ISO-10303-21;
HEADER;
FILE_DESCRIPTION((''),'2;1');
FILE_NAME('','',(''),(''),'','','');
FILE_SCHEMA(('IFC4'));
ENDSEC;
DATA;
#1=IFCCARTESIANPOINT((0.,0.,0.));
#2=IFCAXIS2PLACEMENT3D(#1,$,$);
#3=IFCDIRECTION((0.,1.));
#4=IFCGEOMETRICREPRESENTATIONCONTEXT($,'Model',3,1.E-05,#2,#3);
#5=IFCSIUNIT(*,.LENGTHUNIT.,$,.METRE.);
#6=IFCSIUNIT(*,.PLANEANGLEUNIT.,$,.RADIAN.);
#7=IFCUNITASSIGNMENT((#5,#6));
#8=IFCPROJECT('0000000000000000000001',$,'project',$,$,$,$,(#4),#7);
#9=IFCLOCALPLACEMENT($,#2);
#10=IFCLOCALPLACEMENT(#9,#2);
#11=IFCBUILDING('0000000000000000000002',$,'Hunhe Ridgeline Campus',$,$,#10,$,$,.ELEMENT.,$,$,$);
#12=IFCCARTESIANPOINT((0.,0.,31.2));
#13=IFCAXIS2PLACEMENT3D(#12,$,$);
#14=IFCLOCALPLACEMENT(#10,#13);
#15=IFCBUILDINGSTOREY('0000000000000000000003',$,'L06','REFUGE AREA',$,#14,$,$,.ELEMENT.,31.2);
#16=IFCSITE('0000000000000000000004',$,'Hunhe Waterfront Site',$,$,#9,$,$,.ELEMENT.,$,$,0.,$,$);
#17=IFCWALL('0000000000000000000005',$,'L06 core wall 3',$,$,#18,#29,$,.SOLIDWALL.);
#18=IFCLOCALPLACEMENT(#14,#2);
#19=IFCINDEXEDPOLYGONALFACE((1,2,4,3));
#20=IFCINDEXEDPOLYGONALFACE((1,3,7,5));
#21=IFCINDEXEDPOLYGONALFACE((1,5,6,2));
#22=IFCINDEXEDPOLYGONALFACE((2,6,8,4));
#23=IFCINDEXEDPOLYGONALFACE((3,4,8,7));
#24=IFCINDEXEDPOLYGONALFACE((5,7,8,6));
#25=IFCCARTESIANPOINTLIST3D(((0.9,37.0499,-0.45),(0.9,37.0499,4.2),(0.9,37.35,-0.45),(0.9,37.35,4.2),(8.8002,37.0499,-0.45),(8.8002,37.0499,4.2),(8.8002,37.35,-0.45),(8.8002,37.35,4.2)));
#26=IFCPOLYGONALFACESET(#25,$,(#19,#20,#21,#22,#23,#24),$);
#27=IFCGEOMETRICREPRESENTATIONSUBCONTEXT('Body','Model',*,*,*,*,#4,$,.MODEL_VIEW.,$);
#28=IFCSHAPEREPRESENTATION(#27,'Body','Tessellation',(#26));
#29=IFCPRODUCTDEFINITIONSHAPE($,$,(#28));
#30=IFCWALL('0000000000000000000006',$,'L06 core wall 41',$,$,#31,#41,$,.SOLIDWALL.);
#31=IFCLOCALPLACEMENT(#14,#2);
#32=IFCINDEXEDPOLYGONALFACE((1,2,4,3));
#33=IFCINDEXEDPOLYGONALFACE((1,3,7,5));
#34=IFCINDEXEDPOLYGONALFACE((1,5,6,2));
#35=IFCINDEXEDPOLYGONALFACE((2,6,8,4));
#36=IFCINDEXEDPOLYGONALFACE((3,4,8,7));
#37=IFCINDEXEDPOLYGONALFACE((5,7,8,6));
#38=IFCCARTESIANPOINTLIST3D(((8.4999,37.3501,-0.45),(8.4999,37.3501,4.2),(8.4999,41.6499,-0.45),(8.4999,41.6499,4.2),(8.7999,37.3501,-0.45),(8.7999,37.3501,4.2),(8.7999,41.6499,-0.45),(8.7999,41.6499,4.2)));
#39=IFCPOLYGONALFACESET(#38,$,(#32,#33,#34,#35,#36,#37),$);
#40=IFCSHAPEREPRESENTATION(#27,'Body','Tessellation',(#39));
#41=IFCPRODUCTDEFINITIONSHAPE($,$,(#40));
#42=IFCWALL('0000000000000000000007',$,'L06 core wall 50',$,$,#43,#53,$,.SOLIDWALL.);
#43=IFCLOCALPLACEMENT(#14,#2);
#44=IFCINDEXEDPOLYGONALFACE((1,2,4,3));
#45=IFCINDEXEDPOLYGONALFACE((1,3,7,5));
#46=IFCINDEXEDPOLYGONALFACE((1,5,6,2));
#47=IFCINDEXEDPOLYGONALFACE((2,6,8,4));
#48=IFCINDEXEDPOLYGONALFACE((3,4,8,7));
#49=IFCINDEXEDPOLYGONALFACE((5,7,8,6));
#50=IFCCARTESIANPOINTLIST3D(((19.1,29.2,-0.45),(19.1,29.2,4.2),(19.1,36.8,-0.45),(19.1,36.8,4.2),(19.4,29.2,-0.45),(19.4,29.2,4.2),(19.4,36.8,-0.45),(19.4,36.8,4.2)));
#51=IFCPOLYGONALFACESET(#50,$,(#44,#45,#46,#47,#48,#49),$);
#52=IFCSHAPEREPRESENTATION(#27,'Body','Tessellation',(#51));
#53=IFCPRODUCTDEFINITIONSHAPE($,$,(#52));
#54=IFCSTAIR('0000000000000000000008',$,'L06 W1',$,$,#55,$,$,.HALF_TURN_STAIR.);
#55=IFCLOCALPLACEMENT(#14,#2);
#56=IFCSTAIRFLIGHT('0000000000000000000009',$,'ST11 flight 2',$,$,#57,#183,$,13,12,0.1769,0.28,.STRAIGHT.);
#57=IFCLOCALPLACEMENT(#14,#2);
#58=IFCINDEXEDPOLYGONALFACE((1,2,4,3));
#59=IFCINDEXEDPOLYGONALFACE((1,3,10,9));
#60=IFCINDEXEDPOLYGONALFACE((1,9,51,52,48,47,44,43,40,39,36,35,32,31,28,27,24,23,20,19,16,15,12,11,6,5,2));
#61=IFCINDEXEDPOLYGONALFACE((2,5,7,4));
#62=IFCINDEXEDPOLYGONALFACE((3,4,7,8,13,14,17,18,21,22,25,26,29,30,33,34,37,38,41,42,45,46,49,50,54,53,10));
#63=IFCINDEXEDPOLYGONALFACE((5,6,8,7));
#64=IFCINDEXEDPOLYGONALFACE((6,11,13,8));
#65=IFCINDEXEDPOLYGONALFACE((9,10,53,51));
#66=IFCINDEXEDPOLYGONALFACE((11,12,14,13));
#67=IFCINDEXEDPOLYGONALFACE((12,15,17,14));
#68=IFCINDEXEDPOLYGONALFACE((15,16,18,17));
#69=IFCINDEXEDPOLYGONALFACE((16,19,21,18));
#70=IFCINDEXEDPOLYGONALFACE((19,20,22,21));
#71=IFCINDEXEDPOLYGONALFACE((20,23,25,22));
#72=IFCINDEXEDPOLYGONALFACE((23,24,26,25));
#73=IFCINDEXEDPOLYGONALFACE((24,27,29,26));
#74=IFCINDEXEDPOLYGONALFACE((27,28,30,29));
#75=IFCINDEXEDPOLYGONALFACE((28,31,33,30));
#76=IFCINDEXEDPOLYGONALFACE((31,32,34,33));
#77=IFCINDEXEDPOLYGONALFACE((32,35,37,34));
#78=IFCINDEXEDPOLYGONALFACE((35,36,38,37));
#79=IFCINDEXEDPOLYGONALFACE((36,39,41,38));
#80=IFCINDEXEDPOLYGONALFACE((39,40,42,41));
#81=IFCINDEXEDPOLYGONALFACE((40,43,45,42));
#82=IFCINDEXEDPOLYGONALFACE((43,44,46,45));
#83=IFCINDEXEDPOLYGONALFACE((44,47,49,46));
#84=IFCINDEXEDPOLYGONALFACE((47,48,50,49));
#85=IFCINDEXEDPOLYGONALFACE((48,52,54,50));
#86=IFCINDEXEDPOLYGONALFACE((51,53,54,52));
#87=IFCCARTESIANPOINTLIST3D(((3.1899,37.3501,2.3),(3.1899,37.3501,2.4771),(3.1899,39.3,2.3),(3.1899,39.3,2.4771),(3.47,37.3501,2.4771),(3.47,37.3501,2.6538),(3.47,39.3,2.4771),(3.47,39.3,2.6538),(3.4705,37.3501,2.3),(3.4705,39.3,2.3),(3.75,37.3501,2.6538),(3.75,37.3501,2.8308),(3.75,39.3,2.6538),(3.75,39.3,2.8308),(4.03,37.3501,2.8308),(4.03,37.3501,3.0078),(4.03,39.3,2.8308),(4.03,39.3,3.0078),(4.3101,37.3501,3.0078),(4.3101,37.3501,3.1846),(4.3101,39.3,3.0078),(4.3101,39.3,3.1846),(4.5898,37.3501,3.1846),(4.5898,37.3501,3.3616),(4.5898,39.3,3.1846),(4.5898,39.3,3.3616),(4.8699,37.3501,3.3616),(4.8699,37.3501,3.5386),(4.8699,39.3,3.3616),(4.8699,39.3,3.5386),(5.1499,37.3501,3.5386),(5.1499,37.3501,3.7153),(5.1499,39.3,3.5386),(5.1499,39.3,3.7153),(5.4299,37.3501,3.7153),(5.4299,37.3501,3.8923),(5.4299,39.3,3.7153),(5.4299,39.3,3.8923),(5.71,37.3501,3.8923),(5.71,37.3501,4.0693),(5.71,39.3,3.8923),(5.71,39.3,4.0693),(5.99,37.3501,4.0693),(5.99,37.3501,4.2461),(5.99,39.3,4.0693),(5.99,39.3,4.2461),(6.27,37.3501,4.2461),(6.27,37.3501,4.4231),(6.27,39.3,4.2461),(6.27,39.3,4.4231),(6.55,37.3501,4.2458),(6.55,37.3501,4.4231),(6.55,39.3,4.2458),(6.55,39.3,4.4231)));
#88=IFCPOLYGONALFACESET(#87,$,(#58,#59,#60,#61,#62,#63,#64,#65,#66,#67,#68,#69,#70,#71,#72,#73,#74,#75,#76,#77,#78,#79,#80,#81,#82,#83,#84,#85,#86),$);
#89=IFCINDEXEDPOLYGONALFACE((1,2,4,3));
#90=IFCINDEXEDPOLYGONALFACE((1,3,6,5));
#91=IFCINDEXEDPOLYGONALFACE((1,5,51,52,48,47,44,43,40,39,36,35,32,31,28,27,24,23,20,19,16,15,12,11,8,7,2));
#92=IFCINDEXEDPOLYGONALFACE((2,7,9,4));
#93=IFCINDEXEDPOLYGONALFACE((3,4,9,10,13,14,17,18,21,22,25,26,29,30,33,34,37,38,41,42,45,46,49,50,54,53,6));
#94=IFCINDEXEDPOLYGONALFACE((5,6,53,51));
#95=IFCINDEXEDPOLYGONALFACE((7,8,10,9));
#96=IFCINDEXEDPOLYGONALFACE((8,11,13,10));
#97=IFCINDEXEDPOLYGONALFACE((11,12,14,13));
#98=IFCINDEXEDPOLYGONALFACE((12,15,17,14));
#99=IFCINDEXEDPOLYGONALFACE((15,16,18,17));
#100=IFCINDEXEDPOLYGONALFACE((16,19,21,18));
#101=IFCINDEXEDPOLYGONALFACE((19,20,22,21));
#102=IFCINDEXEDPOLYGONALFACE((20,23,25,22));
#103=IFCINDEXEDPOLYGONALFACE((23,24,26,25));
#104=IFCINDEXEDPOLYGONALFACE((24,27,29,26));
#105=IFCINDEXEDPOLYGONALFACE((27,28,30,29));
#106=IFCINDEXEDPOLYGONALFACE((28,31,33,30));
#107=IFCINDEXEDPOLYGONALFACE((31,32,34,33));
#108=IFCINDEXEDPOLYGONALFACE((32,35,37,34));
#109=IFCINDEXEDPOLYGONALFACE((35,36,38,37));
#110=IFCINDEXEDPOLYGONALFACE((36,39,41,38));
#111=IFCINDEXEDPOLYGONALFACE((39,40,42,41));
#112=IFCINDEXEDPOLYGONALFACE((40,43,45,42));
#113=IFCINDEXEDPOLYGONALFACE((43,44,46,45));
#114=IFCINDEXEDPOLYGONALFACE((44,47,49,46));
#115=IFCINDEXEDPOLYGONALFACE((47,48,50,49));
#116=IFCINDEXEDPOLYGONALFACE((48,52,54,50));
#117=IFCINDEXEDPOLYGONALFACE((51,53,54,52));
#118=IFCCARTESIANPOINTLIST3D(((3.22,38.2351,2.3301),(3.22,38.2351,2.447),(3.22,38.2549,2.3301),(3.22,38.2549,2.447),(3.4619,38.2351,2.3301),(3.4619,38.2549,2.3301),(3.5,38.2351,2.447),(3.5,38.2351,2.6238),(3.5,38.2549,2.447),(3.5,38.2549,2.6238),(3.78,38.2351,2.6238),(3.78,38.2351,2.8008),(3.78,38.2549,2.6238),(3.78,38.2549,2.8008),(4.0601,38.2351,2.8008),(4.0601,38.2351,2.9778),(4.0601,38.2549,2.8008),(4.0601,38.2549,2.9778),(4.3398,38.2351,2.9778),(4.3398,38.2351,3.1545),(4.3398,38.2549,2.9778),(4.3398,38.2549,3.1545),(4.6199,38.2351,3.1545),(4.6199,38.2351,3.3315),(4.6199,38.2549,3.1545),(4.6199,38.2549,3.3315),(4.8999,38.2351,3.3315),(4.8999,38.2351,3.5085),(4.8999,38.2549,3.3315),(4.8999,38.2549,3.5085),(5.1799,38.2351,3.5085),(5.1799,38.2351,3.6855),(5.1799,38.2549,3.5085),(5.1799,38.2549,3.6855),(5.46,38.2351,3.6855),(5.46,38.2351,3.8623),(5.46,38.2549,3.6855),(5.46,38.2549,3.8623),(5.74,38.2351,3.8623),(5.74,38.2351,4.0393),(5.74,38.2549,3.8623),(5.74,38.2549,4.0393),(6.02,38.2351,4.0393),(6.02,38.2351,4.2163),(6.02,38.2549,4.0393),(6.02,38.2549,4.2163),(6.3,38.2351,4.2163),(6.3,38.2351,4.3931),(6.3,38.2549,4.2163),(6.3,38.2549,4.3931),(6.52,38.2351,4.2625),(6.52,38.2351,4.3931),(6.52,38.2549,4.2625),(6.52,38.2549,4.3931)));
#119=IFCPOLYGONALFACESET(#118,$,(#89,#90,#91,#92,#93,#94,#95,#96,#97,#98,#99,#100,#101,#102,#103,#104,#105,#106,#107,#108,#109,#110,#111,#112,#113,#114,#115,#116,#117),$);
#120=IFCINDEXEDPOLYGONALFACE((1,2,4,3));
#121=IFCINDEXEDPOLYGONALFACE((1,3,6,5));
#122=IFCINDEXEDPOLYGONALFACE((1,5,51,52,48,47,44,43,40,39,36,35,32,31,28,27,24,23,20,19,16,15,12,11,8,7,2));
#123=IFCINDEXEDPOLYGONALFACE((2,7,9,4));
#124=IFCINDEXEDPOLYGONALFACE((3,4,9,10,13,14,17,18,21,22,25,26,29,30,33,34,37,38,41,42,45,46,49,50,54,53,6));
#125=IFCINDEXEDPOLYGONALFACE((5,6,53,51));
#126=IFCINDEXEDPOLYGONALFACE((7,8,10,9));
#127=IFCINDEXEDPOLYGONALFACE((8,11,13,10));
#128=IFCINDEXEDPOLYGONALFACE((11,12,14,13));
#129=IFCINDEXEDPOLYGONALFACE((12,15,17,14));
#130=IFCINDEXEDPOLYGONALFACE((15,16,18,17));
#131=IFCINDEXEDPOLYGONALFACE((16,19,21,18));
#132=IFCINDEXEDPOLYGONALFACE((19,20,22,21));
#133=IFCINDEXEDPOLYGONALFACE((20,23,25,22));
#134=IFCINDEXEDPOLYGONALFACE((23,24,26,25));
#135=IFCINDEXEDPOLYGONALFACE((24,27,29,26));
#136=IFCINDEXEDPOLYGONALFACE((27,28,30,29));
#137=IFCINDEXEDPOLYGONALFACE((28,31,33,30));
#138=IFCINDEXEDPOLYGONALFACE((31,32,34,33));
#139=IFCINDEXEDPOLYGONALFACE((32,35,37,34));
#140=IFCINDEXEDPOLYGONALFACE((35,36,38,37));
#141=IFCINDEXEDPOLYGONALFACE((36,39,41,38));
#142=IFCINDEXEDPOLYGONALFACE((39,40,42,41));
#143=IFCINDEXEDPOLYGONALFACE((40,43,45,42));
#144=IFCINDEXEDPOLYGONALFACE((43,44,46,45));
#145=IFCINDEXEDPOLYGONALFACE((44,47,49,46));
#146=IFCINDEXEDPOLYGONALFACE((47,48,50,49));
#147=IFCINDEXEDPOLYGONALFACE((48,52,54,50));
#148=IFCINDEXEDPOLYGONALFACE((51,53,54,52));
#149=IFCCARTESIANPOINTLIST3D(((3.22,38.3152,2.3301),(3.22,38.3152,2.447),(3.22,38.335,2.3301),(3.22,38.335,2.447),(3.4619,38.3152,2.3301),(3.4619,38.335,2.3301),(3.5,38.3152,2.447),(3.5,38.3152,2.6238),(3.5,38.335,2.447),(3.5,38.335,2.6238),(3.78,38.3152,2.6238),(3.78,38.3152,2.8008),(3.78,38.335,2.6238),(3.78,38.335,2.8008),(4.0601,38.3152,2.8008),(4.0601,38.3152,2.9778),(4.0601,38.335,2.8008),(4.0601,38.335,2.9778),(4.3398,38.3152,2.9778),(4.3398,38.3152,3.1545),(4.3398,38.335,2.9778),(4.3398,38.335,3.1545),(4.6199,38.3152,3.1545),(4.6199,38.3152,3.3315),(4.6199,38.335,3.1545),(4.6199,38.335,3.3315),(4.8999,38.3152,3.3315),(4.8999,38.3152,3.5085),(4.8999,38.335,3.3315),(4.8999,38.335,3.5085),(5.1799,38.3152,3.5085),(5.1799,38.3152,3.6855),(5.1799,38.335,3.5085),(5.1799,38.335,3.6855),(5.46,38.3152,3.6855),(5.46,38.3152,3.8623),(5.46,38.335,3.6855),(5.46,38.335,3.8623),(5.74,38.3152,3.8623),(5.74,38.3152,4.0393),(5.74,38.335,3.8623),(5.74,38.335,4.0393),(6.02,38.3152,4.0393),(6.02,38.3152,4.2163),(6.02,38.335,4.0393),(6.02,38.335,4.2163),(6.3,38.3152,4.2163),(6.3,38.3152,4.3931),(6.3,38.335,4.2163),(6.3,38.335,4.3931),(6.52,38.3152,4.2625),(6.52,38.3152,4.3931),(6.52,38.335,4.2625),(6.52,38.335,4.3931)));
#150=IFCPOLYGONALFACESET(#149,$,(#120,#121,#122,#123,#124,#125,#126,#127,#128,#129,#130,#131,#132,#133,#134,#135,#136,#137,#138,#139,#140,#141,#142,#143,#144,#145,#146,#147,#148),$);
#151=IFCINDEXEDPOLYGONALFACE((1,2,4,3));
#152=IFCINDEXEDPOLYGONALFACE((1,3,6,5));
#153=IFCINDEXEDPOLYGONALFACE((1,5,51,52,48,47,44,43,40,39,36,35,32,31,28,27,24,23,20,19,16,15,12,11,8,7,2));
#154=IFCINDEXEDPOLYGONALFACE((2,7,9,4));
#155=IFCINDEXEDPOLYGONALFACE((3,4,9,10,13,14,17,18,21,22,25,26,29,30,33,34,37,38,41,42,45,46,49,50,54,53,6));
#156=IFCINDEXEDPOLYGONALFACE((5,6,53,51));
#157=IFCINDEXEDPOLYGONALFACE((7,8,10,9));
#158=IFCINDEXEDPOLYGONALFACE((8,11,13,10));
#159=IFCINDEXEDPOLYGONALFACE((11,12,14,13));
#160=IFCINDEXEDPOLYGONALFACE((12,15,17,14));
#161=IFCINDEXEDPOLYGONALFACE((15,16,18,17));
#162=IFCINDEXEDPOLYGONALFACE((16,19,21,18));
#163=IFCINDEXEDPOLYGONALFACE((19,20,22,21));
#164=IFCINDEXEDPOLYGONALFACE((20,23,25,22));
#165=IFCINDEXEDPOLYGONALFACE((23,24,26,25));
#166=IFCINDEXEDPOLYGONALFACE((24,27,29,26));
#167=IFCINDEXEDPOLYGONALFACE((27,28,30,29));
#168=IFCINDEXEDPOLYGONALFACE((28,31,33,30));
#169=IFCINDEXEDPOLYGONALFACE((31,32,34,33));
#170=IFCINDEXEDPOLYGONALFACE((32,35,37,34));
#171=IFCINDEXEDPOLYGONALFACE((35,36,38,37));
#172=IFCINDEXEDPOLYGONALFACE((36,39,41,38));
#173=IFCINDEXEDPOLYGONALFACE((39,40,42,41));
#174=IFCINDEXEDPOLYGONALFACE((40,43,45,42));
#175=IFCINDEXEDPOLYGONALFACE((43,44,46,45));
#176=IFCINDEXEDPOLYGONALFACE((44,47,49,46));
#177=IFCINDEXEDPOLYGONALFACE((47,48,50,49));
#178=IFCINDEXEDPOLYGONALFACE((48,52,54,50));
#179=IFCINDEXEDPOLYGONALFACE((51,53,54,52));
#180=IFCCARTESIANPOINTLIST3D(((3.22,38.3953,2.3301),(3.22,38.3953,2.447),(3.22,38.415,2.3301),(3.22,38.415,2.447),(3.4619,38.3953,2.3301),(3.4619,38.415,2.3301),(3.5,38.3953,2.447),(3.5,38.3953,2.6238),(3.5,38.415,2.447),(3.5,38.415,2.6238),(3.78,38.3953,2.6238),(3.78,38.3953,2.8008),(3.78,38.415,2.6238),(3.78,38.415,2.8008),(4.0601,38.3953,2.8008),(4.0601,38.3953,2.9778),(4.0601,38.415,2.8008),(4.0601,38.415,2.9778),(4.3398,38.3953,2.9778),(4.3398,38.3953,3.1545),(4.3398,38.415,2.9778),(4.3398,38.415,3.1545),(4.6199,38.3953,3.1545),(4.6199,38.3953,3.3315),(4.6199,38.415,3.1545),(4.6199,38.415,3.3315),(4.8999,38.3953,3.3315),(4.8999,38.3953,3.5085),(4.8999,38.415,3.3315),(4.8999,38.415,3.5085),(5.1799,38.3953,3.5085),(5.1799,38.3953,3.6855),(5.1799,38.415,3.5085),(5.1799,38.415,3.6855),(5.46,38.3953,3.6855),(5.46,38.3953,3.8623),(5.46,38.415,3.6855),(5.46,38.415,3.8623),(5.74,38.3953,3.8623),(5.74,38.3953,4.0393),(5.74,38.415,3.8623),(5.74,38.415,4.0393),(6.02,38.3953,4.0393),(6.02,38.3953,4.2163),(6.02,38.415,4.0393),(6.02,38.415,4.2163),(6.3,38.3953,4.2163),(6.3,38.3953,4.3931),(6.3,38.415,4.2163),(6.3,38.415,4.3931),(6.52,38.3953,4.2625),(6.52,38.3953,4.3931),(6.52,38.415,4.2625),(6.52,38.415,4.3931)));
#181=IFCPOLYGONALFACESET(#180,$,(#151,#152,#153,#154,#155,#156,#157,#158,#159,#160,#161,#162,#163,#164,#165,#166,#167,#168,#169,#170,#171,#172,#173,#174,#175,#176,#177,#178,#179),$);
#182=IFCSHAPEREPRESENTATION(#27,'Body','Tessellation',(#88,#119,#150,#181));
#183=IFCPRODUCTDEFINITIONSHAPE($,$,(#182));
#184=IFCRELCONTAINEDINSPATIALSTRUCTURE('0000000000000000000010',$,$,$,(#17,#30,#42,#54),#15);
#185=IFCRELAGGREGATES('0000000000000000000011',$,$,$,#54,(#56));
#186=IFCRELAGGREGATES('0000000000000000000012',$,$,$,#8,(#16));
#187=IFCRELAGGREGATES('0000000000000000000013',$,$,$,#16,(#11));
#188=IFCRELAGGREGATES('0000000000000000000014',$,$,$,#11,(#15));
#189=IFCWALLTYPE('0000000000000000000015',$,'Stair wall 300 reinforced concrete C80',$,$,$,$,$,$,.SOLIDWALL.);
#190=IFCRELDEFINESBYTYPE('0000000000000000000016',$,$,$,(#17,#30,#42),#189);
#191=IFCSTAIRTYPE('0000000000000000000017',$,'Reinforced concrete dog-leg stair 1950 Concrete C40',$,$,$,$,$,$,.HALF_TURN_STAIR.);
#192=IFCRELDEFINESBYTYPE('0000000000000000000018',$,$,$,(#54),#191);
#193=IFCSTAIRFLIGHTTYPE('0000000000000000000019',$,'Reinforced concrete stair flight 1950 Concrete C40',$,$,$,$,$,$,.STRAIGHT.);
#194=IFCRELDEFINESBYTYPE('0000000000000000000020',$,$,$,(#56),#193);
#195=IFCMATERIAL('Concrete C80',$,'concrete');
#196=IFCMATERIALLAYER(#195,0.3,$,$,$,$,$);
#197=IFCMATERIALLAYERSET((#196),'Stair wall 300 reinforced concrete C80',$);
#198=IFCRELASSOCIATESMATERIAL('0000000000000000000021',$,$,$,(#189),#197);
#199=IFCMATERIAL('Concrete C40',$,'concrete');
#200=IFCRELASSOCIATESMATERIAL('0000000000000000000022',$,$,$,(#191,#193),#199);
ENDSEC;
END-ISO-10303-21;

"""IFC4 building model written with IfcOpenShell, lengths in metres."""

from ifc_helpers import new_model, si_unit, direction, frame, frame_2d, origin, place, context, subcontext, project, spatial, polyline, rectangle, outline, extrude, material, layer, layer_set, type_object, element, aggregate, save


model = new_model("IFC4")

# Units and contexts
model_context = context("Model", 3, precision=1e-05, world=origin(), true_north=direction((0.0, 1.0)))
body_context = subcontext(model_context, "Body", "Model", "MODEL_VIEW")
ifc_project = project(units=[si_unit("LENGTHUNIT", "METRE"), si_unit("PLANEANGLEUNIT", "RADIAN")], contexts=[model_context])

# Site, building, storey
site_placement = place(None, origin())
site = spatial("IfcSite", under=ifc_project, at=site_placement, Name="Hunhe Waterfront Site", CompositionType="ELEMENT", RefElevation=0.0)
building_placement = place(site_placement, origin())
building = spatial("IfcBuilding", under=site, at=building_placement, Name="Hunhe Ridgeline Campus", CompositionType="ELEMENT")
storey_placement = place(building_placement, frame((0.0, 0.0, 31.2)))
storey = spatial("IfcBuildingStorey", under=building, at=storey_placement, Name="L06", Description="REFUGE AREA", CompositionType="ELEMENT", Elevation=31.2)

# Shared definitions
ifc_material_1 = material(Name="Concrete C80", Category="concrete")

# Walls
ifc_layer_1 = layer(ifc_material_1, 0.3)
ifc_layer_set_1 = layer_set([ifc_layer_1], Name="Stair wall 300 reinforced concrete C80")
wall_type_1 = type_object("IfcWallType", Name="Stair wall 300 reinforced concrete C80", PredefinedType="SOLIDWALL", material=ifc_layer_set_1)
wall_1_placement = place(storey_placement, frame((0.8999, 37.2, -0.45), z_axis=(0.0, 0.0, 1.0), x_axis=(1.0, 0.0, 0.0)))
element("IfcWall", 1, at=wall_1_placement, inside=storey, type_object=wall_type_1, Name="L06 core wall 3", PredefinedType="SOLIDWALL", context=body_context, shape_type="SweptSolid", body=[
    extrude(rectangle(XDim=7.9001, YDim=0.3, at=frame_2d((3.9502, 0.0))), origin(), (0.0, 0.0, 1.0), 4.6499),
])
wall_2_placement = place(storey_placement, frame((8.6499, 37.3501, -0.45), z_axis=(0.0, 0.0, 1.0), x_axis=(0.0, 1.0, 0.0)))
element("IfcWall", 2, at=wall_2_placement, inside=storey, type_object=wall_type_1, Name="L06 core wall 41", PredefinedType="SOLIDWALL", context=body_context, shape_type="SweptSolid", body=[
    extrude(rectangle(XDim=4.2998, YDim=0.3, at=frame_2d((2.1499, 0.0))), origin(), (0.0, 0.0, 1.0), 4.6499),
])
wall_3_placement = place(storey_placement, frame((19.25, 29.2, -0.45), z_axis=(0.0, 0.0, 1.0), x_axis=(0.0, 1.0, 0.0)))
element("IfcWall", 3, at=wall_3_placement, inside=storey, type_object=wall_type_1, Name="L06 core wall 50", PredefinedType="SOLIDWALL", context=body_context, shape_type="SweptSolid", body=[
    extrude(rectangle(XDim=7.6001, YDim=0.3, at=frame_2d((3.8, 0.0))), origin(), (0.0, 0.0, 1.0), 4.6499),
])

# Stair, stair flight
ifc_material_2 = material(Name="Concrete C40", Category="concrete")
stair_type = type_object("IfcStairType", Name="Reinforced concrete dog-leg stair 1950 Concrete C40", PredefinedType="HALF_TURN_STAIR", material=ifc_material_2)
stair_placement = place(storey_placement, origin())
stair = element("IfcStair", 4, at=stair_placement, inside=storey, type_object=stair_type, Name="L06 W1", PredefinedType="HALF_TURN_STAIR")
stair_flight_type = type_object("IfcStairFlightType", Name="Reinforced concrete stair flight 1950 Concrete C40", PredefinedType="STRAIGHT", material=ifc_material_2)
stair_flight_placement = place(storey_placement, frame((3.1899, 38.325, 2.3), z_axis=(0.0, 0.0, 1.0), x_axis=(1.0, 0.0, 0.0)))
stair_flight = element("IfcStairFlight", 5, at=stair_flight_placement, type_object=stair_flight_type, Name="ST11 flight 2", NumberOfRisers=13, NumberOfTreads=12, PredefinedType="STRAIGHT", RiserHeight=0.1769, TreadLength=0.28, context=body_context, shape_type="SweptSolid", body=[
    extrude(outline(polyline([(0.0, 0.0), (0.0, 0.177), (0.28, 0.177), (0.28, 0.3538), (0.5601, 0.3538), (0.5601, 0.5308), (0.8401, 0.5308), (0.8401, 0.7078), (1.1201, 0.7078), (1.1201, 0.8845), (1.3999, 0.8845), (1.3999, 1.0615), (1.6799, 1.0615), (1.6799, 1.2385), (1.96, 1.2385), (1.96, 1.4153), (2.24, 1.4153), (2.24, 1.5923), (2.52, 1.5923), (2.52, 1.7693), (2.8, 1.7693), (2.8, 1.946), (3.0801, 1.946), (3.0801, 2.123), (3.3601, 2.123), (3.3601, 2.3), (3.3601, 1.9458), (0.2805, 0.0), (0.0, 0.0)])), frame((0.0, 0.9751, 0.0), z_axis=(0.0, -1.0, 0.0), x_axis=(1.0, 0.0, 0.0)), (0.0, 0.0, 1.0), 1.95),
    extrude(outline(polyline([(0.03, 0.03), (0.03, 0.147), (0.3101, 0.147), (0.3101, 0.3237), (0.5901, 0.3237), (0.5901, 0.5007), (0.8701, 0.5007), (0.8701, 0.6777), (1.1499, 0.6777), (1.1499, 0.8545), (1.4299, 0.8545), (1.4299, 1.0315), (1.71, 1.0315), (1.71, 1.2085), (1.99, 1.2085), (1.99, 1.3855), (2.27, 1.3855), (2.27, 1.5623), (2.55, 1.5623), (2.55, 1.7393), (2.8301, 1.7393), (2.8301, 1.9163), (3.1101, 1.9163), (3.1101, 2.093), (3.3301, 2.093), (3.3301, 1.9624), (0.272, 0.03), (0.03, 0.03)])), frame((0.0, -0.0701, 0.0), z_axis=(0.0, -1.0, 0.0), x_axis=(1.0, 0.0, 0.0)), (0.0, 0.0, 1.0), 0.0198),
    extrude(outline(polyline([(0.03, 0.03), (0.03, 0.147), (0.3101, 0.147), (0.3101, 0.3237), (0.5901, 0.3237), (0.5901, 0.5007), (0.8701, 0.5007), (0.8701, 0.6777), (1.1499, 0.6777), (1.1499, 0.8545), (1.4299, 0.8545), (1.4299, 1.0315), (1.71, 1.0315), (1.71, 1.2085), (1.99, 1.2085), (1.99, 1.3855), (2.27, 1.3855), (2.27, 1.5623), (2.55, 1.5623), (2.55, 1.7393), (2.8301, 1.7393), (2.8301, 1.9163), (3.1101, 1.9163), (3.1101, 2.093), (3.3301, 2.093), (3.3301, 1.9624), (0.272, 0.03), (0.03, 0.03)])), frame((0.0, 0.01, 0.0), z_axis=(0.0, -1.0, 0.0), x_axis=(1.0, 0.0, 0.0)), (0.0, 0.0, 1.0), 0.0198),
    extrude(outline(polyline([(0.03, 0.03), (0.03, 0.147), (0.3101, 0.147), (0.3101, 0.3237), (0.5901, 0.3237), (0.5901, 0.5007), (0.8701, 0.5007), (0.8701, 0.6777), (1.1499, 0.6777), (1.1499, 0.8545), (1.4299, 0.8545), (1.4299, 1.0315), (1.71, 1.0315), (1.71, 1.2085), (1.99, 1.2085), (1.99, 1.3855), (2.27, 1.3855), (2.27, 1.5623), (2.55, 1.5623), (2.55, 1.7393), (2.8301, 1.7393), (2.8301, 1.9163), (3.1101, 1.9163), (3.1101, 2.093), (3.3301, 2.093), (3.3301, 1.9624), (0.272, 0.03), (0.03, 0.03)])), frame((0.0, 0.0901, 0.0), z_axis=(0.0, -1.0, 0.0), x_axis=(1.0, 0.0, 0.0)), (0.0, 0.0, 1.0), 0.0198),
])
aggregate(stair, [stair_flight])

save(model, "model.ifc")
